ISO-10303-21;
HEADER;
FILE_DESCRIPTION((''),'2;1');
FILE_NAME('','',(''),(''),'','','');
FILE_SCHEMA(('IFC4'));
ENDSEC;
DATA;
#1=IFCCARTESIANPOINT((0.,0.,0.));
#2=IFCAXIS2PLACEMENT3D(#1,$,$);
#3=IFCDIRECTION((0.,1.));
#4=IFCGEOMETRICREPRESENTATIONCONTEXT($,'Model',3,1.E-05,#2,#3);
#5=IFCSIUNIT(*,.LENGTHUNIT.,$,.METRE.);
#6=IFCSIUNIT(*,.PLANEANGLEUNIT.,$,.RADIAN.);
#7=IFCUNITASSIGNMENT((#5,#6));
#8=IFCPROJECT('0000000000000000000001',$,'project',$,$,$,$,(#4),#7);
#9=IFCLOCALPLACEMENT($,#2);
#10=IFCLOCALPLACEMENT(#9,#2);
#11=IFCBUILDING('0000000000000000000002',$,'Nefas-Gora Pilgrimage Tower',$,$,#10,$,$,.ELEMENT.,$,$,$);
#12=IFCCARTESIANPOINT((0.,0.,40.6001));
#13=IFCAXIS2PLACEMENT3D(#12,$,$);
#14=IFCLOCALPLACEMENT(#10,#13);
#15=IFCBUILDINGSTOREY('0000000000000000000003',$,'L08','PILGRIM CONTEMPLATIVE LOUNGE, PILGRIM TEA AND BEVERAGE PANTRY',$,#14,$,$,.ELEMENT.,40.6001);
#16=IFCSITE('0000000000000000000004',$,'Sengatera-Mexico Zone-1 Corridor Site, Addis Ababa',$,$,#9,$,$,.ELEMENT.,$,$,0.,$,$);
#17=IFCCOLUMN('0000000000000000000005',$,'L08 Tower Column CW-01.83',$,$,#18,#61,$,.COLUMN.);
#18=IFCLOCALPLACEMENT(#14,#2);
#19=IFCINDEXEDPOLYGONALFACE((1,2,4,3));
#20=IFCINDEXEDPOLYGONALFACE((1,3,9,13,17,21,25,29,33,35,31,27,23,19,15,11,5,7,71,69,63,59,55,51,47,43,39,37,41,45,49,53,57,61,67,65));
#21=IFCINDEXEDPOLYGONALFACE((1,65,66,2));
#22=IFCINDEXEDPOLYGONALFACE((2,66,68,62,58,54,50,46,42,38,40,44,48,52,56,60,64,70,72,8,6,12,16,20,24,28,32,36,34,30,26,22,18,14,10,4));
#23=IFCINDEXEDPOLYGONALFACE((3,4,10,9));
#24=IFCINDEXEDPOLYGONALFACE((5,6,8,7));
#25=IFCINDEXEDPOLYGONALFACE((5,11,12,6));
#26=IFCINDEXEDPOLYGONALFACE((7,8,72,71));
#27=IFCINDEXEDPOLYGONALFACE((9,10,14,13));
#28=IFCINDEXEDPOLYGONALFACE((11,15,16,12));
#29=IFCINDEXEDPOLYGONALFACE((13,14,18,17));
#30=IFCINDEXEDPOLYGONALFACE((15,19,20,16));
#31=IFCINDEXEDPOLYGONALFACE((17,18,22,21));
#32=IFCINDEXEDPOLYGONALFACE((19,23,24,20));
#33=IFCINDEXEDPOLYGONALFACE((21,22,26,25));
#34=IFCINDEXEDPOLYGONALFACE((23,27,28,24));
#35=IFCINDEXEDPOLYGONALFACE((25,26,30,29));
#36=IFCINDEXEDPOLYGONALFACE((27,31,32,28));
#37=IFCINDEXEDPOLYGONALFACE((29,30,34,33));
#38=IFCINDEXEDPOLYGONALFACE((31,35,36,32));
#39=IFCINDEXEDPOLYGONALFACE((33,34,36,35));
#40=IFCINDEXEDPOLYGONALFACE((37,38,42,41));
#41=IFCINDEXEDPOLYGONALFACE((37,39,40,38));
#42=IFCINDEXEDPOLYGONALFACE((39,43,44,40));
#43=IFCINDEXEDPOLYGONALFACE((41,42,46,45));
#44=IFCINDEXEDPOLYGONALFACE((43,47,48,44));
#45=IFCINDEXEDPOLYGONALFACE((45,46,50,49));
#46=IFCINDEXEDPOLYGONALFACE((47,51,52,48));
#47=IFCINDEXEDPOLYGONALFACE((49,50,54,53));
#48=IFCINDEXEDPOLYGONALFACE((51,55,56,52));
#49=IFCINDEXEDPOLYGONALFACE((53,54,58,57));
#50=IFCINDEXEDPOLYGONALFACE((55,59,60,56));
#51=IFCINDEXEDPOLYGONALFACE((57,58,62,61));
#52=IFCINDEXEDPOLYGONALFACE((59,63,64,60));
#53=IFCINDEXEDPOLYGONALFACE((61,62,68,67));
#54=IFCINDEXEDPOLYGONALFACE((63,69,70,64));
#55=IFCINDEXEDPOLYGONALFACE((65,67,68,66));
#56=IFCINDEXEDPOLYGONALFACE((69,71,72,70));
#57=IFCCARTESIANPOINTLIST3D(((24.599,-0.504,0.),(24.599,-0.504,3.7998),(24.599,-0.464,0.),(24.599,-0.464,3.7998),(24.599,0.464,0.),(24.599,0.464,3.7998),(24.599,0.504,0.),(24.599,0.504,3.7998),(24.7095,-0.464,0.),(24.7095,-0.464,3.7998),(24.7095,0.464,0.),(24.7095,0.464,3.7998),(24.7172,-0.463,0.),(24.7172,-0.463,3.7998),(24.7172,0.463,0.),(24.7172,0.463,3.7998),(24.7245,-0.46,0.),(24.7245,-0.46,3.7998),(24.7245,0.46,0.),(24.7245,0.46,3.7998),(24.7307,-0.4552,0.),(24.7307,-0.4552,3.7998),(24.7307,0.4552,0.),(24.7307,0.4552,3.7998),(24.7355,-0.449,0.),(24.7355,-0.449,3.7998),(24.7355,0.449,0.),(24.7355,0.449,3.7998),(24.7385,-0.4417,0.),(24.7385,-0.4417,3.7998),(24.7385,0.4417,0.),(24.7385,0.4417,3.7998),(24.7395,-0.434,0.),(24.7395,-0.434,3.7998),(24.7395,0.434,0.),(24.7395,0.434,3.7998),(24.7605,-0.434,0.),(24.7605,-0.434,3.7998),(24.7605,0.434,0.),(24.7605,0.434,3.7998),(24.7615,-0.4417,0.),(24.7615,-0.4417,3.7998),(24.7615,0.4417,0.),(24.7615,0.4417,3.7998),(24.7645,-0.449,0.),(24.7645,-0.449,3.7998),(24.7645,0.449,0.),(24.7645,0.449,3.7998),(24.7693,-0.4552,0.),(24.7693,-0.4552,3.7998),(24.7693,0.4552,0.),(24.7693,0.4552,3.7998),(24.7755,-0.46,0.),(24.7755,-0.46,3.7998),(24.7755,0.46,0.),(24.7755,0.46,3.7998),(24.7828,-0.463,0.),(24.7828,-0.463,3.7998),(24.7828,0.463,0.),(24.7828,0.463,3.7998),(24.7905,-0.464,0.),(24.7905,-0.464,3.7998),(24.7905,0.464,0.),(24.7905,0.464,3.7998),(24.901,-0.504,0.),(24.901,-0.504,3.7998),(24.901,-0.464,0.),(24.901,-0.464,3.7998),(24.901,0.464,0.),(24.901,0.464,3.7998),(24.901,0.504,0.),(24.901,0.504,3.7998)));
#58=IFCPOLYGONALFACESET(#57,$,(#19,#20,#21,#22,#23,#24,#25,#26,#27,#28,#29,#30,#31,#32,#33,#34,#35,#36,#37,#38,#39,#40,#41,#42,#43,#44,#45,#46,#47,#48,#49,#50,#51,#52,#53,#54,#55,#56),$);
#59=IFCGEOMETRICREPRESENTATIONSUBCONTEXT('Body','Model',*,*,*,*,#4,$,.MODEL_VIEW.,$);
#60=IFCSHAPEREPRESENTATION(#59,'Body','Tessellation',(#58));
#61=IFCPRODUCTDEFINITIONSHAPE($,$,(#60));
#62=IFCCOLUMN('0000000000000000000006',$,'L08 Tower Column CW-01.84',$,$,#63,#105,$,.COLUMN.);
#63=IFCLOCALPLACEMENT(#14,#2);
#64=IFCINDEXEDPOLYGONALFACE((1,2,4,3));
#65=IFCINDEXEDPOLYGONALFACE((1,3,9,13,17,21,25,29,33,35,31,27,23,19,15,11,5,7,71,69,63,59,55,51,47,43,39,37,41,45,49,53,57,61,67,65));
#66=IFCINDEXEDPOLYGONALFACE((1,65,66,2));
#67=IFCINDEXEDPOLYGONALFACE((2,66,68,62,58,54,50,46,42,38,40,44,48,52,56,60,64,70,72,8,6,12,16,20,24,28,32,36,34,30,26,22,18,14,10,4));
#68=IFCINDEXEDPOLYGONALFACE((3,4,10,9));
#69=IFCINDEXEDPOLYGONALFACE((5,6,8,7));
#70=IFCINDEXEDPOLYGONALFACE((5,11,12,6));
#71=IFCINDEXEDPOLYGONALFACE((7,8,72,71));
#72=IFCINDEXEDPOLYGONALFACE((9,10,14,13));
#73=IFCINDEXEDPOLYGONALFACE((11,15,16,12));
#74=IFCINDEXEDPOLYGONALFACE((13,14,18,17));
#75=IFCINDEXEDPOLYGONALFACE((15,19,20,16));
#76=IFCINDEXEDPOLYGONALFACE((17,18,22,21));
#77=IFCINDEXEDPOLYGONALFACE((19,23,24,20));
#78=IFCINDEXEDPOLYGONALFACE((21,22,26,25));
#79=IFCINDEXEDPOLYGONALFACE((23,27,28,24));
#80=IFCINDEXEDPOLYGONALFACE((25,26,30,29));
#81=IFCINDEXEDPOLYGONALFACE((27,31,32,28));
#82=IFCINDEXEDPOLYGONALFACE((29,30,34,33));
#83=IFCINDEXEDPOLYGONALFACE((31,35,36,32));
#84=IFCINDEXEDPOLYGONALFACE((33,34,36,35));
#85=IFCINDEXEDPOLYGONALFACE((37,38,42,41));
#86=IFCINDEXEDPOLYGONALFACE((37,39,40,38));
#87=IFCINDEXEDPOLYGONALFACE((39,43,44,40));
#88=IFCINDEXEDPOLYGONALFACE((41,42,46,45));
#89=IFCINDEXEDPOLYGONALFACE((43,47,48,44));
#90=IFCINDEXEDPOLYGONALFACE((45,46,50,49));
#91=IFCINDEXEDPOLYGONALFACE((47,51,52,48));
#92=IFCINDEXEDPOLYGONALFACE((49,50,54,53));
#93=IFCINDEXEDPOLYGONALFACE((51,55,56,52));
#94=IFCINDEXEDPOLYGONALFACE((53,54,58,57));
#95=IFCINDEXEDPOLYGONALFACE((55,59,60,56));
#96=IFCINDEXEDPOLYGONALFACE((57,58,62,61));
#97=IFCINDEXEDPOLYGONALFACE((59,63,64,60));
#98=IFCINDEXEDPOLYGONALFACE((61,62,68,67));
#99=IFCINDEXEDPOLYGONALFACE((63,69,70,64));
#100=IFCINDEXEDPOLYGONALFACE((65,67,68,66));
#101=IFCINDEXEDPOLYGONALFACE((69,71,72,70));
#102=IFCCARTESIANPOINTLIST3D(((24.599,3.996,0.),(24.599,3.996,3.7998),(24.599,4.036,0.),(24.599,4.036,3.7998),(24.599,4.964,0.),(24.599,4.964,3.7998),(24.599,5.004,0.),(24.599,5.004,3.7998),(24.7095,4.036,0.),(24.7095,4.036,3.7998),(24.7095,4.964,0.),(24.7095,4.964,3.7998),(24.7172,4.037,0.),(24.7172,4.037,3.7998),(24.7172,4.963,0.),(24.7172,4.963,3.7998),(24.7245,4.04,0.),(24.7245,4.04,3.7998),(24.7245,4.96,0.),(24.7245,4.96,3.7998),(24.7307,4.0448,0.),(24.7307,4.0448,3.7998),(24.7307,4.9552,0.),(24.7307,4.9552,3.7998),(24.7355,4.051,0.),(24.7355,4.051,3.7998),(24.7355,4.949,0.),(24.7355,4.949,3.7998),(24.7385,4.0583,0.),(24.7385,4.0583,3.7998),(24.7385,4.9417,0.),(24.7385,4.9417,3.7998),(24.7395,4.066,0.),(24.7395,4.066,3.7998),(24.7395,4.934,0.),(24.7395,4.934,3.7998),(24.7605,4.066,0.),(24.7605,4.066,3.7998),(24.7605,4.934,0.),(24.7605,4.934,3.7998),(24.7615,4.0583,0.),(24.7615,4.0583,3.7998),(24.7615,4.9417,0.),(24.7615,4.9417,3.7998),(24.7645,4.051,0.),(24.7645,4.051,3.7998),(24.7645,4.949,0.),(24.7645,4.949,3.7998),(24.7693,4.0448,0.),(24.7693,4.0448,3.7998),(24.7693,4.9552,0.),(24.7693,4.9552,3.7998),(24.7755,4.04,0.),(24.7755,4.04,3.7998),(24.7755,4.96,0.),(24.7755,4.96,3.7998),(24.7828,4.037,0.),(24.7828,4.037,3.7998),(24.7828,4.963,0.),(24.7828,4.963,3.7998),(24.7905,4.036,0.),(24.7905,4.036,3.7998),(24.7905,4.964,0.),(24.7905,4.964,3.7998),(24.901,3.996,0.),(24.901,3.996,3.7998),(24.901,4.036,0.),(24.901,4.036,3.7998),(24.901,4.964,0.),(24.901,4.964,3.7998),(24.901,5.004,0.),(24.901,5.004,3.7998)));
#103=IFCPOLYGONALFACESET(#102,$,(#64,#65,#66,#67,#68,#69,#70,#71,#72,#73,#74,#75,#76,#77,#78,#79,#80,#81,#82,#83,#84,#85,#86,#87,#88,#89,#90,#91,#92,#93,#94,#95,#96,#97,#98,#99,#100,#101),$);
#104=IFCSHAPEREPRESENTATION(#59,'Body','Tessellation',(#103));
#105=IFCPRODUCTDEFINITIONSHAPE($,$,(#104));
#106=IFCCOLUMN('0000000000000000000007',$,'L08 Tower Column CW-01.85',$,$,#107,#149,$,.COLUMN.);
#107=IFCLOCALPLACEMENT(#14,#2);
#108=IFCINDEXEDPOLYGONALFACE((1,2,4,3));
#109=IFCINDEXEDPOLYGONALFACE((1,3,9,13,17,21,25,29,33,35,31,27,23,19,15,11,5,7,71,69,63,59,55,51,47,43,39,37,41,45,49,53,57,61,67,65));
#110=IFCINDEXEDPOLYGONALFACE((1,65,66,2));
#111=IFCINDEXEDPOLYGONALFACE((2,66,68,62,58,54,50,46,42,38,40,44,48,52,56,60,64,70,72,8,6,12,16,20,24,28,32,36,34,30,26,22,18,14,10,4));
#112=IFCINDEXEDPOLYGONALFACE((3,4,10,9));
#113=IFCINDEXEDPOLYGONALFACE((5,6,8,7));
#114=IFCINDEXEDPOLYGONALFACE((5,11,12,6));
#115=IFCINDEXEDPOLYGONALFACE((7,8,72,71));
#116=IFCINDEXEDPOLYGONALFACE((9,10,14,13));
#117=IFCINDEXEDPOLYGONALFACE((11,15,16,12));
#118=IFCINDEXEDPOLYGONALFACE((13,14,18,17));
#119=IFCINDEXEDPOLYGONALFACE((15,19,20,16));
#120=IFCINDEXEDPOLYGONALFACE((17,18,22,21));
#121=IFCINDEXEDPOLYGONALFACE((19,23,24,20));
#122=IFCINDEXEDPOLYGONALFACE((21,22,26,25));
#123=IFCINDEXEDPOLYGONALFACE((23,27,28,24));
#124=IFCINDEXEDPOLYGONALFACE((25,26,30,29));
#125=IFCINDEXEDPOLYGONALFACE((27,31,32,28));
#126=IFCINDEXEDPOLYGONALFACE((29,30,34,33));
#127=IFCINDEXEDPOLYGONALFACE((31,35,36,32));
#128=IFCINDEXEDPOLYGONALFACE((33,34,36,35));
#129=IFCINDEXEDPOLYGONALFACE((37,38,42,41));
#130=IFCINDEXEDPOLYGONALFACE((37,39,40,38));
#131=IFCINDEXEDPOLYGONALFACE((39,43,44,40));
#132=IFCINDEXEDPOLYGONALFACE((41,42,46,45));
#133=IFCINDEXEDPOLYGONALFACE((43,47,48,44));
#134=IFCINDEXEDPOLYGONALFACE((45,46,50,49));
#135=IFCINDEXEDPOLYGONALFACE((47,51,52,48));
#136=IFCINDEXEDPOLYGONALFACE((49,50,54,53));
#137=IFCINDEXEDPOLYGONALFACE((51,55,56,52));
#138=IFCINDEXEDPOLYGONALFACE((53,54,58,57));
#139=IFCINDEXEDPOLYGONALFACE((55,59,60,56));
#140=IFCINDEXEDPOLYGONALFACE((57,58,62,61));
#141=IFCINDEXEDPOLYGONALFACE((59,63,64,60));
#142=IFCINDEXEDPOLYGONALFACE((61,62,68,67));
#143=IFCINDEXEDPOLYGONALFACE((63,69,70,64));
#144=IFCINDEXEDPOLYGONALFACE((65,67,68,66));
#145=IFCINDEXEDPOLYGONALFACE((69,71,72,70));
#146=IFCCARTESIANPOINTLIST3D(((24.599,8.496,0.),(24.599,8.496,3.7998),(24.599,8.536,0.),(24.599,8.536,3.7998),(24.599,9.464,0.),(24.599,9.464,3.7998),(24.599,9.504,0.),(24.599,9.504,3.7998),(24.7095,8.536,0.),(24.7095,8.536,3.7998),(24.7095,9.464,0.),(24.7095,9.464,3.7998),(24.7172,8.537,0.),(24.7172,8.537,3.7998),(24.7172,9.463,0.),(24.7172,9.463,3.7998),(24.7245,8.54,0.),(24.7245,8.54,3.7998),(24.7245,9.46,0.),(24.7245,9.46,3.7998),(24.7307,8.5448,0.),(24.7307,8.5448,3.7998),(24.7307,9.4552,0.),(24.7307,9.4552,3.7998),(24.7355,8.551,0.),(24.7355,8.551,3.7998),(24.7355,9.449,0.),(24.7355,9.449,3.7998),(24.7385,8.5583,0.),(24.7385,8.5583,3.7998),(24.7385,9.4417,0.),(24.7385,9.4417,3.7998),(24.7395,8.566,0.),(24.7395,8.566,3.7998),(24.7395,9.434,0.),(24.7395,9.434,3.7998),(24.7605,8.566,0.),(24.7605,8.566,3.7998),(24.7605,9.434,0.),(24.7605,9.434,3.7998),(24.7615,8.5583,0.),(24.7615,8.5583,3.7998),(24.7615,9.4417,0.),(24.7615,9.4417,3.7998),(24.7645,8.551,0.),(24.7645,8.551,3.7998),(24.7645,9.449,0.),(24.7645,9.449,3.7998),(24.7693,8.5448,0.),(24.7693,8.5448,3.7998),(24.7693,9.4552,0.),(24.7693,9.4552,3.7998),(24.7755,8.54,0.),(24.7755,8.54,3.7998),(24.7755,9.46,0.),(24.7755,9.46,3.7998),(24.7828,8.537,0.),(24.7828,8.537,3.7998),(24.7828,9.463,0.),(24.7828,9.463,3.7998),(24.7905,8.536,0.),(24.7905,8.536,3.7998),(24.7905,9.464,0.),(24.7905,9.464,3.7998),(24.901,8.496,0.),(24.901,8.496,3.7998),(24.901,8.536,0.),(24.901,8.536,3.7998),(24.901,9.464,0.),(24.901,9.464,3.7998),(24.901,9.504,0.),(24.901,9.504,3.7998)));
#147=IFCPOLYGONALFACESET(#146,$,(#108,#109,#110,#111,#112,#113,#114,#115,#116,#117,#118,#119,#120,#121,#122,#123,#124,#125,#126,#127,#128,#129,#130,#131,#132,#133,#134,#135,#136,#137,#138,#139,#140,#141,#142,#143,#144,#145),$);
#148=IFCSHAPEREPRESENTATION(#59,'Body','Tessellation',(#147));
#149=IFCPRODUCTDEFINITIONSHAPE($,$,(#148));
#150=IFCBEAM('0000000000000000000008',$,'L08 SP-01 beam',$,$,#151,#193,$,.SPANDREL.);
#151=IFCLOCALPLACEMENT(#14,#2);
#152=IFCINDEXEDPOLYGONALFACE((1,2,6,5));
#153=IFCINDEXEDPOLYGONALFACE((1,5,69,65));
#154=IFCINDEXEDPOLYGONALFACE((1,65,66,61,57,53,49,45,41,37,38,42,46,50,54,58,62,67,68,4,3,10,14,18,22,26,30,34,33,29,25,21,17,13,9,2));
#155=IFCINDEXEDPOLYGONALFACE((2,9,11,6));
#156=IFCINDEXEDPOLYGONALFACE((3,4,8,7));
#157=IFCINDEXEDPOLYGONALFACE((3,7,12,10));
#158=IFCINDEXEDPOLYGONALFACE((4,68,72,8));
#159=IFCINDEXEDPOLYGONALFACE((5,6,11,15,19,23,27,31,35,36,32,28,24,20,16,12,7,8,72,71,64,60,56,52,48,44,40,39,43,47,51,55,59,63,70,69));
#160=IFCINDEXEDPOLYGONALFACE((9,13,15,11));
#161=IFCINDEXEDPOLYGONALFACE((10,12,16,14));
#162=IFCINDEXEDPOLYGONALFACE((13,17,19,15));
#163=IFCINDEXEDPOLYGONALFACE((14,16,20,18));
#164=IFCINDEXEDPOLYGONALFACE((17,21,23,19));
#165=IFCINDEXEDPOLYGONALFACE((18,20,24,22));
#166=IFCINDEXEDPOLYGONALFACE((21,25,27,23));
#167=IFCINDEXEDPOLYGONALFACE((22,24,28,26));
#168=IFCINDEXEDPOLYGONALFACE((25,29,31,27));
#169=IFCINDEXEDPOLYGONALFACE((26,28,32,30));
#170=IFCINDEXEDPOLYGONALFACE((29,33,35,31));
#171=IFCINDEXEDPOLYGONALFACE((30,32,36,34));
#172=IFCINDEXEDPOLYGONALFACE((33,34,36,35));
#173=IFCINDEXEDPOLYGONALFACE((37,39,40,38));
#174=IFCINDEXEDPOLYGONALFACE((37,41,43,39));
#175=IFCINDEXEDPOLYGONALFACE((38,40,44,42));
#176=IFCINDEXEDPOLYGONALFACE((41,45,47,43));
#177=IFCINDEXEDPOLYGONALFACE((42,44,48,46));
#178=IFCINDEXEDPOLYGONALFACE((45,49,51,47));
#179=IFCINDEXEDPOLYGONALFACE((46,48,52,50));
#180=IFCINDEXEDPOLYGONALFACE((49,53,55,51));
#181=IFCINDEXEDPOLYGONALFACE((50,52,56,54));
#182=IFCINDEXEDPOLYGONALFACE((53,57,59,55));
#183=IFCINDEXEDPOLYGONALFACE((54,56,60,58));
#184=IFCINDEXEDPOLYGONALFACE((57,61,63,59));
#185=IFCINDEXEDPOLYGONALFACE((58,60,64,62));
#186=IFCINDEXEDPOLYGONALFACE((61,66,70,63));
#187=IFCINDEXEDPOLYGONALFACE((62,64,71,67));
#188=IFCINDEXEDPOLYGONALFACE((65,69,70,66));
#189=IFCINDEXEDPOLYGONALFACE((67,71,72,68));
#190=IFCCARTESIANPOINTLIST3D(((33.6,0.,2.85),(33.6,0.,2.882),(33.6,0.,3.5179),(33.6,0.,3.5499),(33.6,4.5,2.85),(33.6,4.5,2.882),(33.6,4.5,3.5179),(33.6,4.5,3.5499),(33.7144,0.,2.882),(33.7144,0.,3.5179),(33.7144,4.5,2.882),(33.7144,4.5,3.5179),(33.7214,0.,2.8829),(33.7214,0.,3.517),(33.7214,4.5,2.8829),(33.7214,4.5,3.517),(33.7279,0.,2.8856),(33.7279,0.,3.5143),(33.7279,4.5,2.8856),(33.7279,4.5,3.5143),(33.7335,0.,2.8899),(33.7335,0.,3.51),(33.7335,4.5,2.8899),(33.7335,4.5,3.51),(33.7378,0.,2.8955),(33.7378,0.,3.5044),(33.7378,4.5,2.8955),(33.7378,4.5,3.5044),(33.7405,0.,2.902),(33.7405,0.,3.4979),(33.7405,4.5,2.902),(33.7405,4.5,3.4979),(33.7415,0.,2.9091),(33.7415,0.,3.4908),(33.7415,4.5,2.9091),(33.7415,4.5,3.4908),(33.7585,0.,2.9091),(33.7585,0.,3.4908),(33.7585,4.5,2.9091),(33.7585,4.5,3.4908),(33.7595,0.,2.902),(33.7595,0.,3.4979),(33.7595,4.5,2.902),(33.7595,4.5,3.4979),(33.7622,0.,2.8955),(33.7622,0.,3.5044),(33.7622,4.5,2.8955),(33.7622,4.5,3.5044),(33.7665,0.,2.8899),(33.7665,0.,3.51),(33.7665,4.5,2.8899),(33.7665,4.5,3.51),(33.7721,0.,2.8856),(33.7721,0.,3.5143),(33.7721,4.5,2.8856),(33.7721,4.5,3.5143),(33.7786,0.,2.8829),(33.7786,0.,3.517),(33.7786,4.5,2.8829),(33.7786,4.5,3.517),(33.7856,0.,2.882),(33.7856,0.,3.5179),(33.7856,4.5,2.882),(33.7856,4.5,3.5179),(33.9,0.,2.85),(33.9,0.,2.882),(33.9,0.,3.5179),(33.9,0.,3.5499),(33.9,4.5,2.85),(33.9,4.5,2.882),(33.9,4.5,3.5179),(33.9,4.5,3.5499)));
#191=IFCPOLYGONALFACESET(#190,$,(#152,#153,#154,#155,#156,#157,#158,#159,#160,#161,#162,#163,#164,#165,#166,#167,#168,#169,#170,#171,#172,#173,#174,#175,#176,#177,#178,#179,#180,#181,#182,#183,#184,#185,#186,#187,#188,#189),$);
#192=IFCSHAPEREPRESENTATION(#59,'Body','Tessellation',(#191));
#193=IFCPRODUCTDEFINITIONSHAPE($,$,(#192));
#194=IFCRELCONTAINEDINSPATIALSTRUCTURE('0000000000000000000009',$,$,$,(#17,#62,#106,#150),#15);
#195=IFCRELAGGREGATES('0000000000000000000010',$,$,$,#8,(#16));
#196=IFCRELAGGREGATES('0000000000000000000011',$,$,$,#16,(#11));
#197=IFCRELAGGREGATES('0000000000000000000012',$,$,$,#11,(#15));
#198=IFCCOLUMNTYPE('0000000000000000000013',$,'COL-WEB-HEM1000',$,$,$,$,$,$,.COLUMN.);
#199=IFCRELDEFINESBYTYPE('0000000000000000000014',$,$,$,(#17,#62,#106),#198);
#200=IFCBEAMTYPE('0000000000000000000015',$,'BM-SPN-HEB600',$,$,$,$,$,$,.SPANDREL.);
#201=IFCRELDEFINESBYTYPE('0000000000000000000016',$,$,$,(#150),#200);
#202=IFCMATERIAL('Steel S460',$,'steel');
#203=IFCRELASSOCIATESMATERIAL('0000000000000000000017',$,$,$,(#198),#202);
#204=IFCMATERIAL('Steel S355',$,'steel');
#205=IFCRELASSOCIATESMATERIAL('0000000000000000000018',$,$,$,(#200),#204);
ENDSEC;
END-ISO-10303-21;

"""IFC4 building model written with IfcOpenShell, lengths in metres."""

from ifc_helpers import new_model, si_unit, direction, frame, origin, origin_2d, place, context, subcontext, project, spatial, i_section, extrude, source, transform, mapped, material, material_profile, profile_set, type_object, element, save


model = new_model("IFC4")

# Units and contexts
model_context = context("Model", 3, precision=1e-05, world=origin(), true_north=direction((0.0, 1.0)))
body_context = subcontext(model_context, "Body", "Model", "MODEL_VIEW")
ifc_project = project(units=[si_unit("LENGTHUNIT", "METRE"), si_unit("PLANEANGLEUNIT", "RADIAN")], contexts=[model_context])

# Site, building, storey
site_placement = place(None, origin())
site = spatial("IfcSite", under=ifc_project, at=site_placement, Name="Sengatera-Mexico Zone-1 Corridor Site, Addis Ababa", CompositionType="ELEMENT", RefElevation=0.0)
building_placement = place(site_placement, origin())
building = spatial("IfcBuilding", under=site, at=building_placement, Name="Nefas-Gora Pilgrimage Tower", CompositionType="ELEMENT")
storey_placement = place(building_placement, frame((0.0, 0.0, 40.6001)))
storey = spatial("IfcBuildingStorey", under=building, at=storey_placement, Name="L08", Description="PILGRIM CONTEMPLATIVE LOUNGE, PILGRIM TEA AND BEVERAGE PANTRY", CompositionType="ELEMENT", Elevation=40.6001)

# Columns
ifc_material_1 = material(Name="Steel S460", Category="steel")
ifc_material_profile_1 = material_profile(ifc_material_1, i_section(OverallWidth=0.302, OverallDepth=1.0081, WebThickness=0.021, FlangeThickness=0.04, FilletRadius=0.03, at=origin_2d()), Name="HEM 1000")
ifc_profile_set_1 = profile_set([ifc_material_profile_1], Name="Steel S460")
column_type_1 = type_object("IfcColumnType", Name="COL-WEB-HEM1000", PredefinedType="COLUMN", material=ifc_profile_set_1)
shared_shape_1 = source(origin(), body_context, "Body", "SweptSolid", [
    extrude(i_section(OverallWidth=0.302, OverallDepth=1.0081, WebThickness=0.021, FlangeThickness=0.04, FilletRadius=0.03, at=origin_2d()), origin(), (0.0, 0.0, 1.0), 3.7998),
])
for number, where, z_axis, x_axis, name in (
    (1, (24.75, 0.0, 0.0), (0.0, 0.0, 1.0), (1.0, 0.0, 0.0), "L08 Tower Column CW-01.83"),
    (2, (24.75, 4.5, 0.0), (0.0, 0.0, 1.0), (1.0, 0.0, 0.0), "L08 Tower Column CW-01.84"),
    (3, (24.75, 9.0, 0.0), (0.0, 0.0, 1.0), (1.0, 0.0, 0.0), "L08 Tower Column CW-01.85"),
):
    element("IfcColumn", number, at=place(storey_placement, frame(where, z_axis=z_axis, x_axis=x_axis)), inside=storey, type_object=column_type_1, Name=name, PredefinedType="COLUMN", context=body_context, shape_type="MappedRepresentation", body=[
        mapped(shared_shape_1, transform((0.0, 0.0, 0.0), x_axis=(1.0, 0.0, 0.0), y_axis=(0.0, 1.0, 0.0), z_axis=(0.0, 0.0, 1.0), scale=1.0)),
    ])

# Beam
ifc_material_2 = material(Name="Steel S355", Category="steel")
ifc_material_profile_2 = material_profile(ifc_material_2, i_section(OverallWidth=0.3, OverallDepth=0.7, WebThickness=0.0171, FlangeThickness=0.032, FilletRadius=0.0271, at=origin_2d()), Name="HEB 700")
ifc_profile_set_2 = profile_set([ifc_material_profile_2], Name="Steel S355")
beam_type_1 = type_object("IfcBeamType", Name="BM-SPN-HEB600", PredefinedType="SPANDREL", material=ifc_profile_set_2)
shared_shape_2 = source(origin(), body_context, "Body", "SweptSolid", [
    extrude(i_section(OverallWidth=0.3, OverallDepth=0.7, WebThickness=0.0171, FlangeThickness=0.032, FilletRadius=0.0271, at=origin_2d()), origin(), (0.0, 0.0, 1.0), 4.5),
])
for number, where, z_axis, x_axis, name in (
    (4, (33.75, 0.0, 3.2), (0.0, 1.0, 0.0), (-1.0, 0.0, 0.0), "L08 SP-01 beam"),
):
    element("IfcBeam", number, at=place(storey_placement, frame(where, z_axis=z_axis, x_axis=x_axis)), inside=storey, type_object=beam_type_1, Name=name, PredefinedType="SPANDREL", context=body_context, shape_type="MappedRepresentation", body=[
        mapped(shared_shape_2, transform((0.0, 0.0, 0.0), x_axis=(1.0, 0.0, 0.0), y_axis=(0.0, 1.0, 0.0), z_axis=(0.0, 0.0, 1.0), scale=1.0)),
    ])

save(model, "model.ifc")
